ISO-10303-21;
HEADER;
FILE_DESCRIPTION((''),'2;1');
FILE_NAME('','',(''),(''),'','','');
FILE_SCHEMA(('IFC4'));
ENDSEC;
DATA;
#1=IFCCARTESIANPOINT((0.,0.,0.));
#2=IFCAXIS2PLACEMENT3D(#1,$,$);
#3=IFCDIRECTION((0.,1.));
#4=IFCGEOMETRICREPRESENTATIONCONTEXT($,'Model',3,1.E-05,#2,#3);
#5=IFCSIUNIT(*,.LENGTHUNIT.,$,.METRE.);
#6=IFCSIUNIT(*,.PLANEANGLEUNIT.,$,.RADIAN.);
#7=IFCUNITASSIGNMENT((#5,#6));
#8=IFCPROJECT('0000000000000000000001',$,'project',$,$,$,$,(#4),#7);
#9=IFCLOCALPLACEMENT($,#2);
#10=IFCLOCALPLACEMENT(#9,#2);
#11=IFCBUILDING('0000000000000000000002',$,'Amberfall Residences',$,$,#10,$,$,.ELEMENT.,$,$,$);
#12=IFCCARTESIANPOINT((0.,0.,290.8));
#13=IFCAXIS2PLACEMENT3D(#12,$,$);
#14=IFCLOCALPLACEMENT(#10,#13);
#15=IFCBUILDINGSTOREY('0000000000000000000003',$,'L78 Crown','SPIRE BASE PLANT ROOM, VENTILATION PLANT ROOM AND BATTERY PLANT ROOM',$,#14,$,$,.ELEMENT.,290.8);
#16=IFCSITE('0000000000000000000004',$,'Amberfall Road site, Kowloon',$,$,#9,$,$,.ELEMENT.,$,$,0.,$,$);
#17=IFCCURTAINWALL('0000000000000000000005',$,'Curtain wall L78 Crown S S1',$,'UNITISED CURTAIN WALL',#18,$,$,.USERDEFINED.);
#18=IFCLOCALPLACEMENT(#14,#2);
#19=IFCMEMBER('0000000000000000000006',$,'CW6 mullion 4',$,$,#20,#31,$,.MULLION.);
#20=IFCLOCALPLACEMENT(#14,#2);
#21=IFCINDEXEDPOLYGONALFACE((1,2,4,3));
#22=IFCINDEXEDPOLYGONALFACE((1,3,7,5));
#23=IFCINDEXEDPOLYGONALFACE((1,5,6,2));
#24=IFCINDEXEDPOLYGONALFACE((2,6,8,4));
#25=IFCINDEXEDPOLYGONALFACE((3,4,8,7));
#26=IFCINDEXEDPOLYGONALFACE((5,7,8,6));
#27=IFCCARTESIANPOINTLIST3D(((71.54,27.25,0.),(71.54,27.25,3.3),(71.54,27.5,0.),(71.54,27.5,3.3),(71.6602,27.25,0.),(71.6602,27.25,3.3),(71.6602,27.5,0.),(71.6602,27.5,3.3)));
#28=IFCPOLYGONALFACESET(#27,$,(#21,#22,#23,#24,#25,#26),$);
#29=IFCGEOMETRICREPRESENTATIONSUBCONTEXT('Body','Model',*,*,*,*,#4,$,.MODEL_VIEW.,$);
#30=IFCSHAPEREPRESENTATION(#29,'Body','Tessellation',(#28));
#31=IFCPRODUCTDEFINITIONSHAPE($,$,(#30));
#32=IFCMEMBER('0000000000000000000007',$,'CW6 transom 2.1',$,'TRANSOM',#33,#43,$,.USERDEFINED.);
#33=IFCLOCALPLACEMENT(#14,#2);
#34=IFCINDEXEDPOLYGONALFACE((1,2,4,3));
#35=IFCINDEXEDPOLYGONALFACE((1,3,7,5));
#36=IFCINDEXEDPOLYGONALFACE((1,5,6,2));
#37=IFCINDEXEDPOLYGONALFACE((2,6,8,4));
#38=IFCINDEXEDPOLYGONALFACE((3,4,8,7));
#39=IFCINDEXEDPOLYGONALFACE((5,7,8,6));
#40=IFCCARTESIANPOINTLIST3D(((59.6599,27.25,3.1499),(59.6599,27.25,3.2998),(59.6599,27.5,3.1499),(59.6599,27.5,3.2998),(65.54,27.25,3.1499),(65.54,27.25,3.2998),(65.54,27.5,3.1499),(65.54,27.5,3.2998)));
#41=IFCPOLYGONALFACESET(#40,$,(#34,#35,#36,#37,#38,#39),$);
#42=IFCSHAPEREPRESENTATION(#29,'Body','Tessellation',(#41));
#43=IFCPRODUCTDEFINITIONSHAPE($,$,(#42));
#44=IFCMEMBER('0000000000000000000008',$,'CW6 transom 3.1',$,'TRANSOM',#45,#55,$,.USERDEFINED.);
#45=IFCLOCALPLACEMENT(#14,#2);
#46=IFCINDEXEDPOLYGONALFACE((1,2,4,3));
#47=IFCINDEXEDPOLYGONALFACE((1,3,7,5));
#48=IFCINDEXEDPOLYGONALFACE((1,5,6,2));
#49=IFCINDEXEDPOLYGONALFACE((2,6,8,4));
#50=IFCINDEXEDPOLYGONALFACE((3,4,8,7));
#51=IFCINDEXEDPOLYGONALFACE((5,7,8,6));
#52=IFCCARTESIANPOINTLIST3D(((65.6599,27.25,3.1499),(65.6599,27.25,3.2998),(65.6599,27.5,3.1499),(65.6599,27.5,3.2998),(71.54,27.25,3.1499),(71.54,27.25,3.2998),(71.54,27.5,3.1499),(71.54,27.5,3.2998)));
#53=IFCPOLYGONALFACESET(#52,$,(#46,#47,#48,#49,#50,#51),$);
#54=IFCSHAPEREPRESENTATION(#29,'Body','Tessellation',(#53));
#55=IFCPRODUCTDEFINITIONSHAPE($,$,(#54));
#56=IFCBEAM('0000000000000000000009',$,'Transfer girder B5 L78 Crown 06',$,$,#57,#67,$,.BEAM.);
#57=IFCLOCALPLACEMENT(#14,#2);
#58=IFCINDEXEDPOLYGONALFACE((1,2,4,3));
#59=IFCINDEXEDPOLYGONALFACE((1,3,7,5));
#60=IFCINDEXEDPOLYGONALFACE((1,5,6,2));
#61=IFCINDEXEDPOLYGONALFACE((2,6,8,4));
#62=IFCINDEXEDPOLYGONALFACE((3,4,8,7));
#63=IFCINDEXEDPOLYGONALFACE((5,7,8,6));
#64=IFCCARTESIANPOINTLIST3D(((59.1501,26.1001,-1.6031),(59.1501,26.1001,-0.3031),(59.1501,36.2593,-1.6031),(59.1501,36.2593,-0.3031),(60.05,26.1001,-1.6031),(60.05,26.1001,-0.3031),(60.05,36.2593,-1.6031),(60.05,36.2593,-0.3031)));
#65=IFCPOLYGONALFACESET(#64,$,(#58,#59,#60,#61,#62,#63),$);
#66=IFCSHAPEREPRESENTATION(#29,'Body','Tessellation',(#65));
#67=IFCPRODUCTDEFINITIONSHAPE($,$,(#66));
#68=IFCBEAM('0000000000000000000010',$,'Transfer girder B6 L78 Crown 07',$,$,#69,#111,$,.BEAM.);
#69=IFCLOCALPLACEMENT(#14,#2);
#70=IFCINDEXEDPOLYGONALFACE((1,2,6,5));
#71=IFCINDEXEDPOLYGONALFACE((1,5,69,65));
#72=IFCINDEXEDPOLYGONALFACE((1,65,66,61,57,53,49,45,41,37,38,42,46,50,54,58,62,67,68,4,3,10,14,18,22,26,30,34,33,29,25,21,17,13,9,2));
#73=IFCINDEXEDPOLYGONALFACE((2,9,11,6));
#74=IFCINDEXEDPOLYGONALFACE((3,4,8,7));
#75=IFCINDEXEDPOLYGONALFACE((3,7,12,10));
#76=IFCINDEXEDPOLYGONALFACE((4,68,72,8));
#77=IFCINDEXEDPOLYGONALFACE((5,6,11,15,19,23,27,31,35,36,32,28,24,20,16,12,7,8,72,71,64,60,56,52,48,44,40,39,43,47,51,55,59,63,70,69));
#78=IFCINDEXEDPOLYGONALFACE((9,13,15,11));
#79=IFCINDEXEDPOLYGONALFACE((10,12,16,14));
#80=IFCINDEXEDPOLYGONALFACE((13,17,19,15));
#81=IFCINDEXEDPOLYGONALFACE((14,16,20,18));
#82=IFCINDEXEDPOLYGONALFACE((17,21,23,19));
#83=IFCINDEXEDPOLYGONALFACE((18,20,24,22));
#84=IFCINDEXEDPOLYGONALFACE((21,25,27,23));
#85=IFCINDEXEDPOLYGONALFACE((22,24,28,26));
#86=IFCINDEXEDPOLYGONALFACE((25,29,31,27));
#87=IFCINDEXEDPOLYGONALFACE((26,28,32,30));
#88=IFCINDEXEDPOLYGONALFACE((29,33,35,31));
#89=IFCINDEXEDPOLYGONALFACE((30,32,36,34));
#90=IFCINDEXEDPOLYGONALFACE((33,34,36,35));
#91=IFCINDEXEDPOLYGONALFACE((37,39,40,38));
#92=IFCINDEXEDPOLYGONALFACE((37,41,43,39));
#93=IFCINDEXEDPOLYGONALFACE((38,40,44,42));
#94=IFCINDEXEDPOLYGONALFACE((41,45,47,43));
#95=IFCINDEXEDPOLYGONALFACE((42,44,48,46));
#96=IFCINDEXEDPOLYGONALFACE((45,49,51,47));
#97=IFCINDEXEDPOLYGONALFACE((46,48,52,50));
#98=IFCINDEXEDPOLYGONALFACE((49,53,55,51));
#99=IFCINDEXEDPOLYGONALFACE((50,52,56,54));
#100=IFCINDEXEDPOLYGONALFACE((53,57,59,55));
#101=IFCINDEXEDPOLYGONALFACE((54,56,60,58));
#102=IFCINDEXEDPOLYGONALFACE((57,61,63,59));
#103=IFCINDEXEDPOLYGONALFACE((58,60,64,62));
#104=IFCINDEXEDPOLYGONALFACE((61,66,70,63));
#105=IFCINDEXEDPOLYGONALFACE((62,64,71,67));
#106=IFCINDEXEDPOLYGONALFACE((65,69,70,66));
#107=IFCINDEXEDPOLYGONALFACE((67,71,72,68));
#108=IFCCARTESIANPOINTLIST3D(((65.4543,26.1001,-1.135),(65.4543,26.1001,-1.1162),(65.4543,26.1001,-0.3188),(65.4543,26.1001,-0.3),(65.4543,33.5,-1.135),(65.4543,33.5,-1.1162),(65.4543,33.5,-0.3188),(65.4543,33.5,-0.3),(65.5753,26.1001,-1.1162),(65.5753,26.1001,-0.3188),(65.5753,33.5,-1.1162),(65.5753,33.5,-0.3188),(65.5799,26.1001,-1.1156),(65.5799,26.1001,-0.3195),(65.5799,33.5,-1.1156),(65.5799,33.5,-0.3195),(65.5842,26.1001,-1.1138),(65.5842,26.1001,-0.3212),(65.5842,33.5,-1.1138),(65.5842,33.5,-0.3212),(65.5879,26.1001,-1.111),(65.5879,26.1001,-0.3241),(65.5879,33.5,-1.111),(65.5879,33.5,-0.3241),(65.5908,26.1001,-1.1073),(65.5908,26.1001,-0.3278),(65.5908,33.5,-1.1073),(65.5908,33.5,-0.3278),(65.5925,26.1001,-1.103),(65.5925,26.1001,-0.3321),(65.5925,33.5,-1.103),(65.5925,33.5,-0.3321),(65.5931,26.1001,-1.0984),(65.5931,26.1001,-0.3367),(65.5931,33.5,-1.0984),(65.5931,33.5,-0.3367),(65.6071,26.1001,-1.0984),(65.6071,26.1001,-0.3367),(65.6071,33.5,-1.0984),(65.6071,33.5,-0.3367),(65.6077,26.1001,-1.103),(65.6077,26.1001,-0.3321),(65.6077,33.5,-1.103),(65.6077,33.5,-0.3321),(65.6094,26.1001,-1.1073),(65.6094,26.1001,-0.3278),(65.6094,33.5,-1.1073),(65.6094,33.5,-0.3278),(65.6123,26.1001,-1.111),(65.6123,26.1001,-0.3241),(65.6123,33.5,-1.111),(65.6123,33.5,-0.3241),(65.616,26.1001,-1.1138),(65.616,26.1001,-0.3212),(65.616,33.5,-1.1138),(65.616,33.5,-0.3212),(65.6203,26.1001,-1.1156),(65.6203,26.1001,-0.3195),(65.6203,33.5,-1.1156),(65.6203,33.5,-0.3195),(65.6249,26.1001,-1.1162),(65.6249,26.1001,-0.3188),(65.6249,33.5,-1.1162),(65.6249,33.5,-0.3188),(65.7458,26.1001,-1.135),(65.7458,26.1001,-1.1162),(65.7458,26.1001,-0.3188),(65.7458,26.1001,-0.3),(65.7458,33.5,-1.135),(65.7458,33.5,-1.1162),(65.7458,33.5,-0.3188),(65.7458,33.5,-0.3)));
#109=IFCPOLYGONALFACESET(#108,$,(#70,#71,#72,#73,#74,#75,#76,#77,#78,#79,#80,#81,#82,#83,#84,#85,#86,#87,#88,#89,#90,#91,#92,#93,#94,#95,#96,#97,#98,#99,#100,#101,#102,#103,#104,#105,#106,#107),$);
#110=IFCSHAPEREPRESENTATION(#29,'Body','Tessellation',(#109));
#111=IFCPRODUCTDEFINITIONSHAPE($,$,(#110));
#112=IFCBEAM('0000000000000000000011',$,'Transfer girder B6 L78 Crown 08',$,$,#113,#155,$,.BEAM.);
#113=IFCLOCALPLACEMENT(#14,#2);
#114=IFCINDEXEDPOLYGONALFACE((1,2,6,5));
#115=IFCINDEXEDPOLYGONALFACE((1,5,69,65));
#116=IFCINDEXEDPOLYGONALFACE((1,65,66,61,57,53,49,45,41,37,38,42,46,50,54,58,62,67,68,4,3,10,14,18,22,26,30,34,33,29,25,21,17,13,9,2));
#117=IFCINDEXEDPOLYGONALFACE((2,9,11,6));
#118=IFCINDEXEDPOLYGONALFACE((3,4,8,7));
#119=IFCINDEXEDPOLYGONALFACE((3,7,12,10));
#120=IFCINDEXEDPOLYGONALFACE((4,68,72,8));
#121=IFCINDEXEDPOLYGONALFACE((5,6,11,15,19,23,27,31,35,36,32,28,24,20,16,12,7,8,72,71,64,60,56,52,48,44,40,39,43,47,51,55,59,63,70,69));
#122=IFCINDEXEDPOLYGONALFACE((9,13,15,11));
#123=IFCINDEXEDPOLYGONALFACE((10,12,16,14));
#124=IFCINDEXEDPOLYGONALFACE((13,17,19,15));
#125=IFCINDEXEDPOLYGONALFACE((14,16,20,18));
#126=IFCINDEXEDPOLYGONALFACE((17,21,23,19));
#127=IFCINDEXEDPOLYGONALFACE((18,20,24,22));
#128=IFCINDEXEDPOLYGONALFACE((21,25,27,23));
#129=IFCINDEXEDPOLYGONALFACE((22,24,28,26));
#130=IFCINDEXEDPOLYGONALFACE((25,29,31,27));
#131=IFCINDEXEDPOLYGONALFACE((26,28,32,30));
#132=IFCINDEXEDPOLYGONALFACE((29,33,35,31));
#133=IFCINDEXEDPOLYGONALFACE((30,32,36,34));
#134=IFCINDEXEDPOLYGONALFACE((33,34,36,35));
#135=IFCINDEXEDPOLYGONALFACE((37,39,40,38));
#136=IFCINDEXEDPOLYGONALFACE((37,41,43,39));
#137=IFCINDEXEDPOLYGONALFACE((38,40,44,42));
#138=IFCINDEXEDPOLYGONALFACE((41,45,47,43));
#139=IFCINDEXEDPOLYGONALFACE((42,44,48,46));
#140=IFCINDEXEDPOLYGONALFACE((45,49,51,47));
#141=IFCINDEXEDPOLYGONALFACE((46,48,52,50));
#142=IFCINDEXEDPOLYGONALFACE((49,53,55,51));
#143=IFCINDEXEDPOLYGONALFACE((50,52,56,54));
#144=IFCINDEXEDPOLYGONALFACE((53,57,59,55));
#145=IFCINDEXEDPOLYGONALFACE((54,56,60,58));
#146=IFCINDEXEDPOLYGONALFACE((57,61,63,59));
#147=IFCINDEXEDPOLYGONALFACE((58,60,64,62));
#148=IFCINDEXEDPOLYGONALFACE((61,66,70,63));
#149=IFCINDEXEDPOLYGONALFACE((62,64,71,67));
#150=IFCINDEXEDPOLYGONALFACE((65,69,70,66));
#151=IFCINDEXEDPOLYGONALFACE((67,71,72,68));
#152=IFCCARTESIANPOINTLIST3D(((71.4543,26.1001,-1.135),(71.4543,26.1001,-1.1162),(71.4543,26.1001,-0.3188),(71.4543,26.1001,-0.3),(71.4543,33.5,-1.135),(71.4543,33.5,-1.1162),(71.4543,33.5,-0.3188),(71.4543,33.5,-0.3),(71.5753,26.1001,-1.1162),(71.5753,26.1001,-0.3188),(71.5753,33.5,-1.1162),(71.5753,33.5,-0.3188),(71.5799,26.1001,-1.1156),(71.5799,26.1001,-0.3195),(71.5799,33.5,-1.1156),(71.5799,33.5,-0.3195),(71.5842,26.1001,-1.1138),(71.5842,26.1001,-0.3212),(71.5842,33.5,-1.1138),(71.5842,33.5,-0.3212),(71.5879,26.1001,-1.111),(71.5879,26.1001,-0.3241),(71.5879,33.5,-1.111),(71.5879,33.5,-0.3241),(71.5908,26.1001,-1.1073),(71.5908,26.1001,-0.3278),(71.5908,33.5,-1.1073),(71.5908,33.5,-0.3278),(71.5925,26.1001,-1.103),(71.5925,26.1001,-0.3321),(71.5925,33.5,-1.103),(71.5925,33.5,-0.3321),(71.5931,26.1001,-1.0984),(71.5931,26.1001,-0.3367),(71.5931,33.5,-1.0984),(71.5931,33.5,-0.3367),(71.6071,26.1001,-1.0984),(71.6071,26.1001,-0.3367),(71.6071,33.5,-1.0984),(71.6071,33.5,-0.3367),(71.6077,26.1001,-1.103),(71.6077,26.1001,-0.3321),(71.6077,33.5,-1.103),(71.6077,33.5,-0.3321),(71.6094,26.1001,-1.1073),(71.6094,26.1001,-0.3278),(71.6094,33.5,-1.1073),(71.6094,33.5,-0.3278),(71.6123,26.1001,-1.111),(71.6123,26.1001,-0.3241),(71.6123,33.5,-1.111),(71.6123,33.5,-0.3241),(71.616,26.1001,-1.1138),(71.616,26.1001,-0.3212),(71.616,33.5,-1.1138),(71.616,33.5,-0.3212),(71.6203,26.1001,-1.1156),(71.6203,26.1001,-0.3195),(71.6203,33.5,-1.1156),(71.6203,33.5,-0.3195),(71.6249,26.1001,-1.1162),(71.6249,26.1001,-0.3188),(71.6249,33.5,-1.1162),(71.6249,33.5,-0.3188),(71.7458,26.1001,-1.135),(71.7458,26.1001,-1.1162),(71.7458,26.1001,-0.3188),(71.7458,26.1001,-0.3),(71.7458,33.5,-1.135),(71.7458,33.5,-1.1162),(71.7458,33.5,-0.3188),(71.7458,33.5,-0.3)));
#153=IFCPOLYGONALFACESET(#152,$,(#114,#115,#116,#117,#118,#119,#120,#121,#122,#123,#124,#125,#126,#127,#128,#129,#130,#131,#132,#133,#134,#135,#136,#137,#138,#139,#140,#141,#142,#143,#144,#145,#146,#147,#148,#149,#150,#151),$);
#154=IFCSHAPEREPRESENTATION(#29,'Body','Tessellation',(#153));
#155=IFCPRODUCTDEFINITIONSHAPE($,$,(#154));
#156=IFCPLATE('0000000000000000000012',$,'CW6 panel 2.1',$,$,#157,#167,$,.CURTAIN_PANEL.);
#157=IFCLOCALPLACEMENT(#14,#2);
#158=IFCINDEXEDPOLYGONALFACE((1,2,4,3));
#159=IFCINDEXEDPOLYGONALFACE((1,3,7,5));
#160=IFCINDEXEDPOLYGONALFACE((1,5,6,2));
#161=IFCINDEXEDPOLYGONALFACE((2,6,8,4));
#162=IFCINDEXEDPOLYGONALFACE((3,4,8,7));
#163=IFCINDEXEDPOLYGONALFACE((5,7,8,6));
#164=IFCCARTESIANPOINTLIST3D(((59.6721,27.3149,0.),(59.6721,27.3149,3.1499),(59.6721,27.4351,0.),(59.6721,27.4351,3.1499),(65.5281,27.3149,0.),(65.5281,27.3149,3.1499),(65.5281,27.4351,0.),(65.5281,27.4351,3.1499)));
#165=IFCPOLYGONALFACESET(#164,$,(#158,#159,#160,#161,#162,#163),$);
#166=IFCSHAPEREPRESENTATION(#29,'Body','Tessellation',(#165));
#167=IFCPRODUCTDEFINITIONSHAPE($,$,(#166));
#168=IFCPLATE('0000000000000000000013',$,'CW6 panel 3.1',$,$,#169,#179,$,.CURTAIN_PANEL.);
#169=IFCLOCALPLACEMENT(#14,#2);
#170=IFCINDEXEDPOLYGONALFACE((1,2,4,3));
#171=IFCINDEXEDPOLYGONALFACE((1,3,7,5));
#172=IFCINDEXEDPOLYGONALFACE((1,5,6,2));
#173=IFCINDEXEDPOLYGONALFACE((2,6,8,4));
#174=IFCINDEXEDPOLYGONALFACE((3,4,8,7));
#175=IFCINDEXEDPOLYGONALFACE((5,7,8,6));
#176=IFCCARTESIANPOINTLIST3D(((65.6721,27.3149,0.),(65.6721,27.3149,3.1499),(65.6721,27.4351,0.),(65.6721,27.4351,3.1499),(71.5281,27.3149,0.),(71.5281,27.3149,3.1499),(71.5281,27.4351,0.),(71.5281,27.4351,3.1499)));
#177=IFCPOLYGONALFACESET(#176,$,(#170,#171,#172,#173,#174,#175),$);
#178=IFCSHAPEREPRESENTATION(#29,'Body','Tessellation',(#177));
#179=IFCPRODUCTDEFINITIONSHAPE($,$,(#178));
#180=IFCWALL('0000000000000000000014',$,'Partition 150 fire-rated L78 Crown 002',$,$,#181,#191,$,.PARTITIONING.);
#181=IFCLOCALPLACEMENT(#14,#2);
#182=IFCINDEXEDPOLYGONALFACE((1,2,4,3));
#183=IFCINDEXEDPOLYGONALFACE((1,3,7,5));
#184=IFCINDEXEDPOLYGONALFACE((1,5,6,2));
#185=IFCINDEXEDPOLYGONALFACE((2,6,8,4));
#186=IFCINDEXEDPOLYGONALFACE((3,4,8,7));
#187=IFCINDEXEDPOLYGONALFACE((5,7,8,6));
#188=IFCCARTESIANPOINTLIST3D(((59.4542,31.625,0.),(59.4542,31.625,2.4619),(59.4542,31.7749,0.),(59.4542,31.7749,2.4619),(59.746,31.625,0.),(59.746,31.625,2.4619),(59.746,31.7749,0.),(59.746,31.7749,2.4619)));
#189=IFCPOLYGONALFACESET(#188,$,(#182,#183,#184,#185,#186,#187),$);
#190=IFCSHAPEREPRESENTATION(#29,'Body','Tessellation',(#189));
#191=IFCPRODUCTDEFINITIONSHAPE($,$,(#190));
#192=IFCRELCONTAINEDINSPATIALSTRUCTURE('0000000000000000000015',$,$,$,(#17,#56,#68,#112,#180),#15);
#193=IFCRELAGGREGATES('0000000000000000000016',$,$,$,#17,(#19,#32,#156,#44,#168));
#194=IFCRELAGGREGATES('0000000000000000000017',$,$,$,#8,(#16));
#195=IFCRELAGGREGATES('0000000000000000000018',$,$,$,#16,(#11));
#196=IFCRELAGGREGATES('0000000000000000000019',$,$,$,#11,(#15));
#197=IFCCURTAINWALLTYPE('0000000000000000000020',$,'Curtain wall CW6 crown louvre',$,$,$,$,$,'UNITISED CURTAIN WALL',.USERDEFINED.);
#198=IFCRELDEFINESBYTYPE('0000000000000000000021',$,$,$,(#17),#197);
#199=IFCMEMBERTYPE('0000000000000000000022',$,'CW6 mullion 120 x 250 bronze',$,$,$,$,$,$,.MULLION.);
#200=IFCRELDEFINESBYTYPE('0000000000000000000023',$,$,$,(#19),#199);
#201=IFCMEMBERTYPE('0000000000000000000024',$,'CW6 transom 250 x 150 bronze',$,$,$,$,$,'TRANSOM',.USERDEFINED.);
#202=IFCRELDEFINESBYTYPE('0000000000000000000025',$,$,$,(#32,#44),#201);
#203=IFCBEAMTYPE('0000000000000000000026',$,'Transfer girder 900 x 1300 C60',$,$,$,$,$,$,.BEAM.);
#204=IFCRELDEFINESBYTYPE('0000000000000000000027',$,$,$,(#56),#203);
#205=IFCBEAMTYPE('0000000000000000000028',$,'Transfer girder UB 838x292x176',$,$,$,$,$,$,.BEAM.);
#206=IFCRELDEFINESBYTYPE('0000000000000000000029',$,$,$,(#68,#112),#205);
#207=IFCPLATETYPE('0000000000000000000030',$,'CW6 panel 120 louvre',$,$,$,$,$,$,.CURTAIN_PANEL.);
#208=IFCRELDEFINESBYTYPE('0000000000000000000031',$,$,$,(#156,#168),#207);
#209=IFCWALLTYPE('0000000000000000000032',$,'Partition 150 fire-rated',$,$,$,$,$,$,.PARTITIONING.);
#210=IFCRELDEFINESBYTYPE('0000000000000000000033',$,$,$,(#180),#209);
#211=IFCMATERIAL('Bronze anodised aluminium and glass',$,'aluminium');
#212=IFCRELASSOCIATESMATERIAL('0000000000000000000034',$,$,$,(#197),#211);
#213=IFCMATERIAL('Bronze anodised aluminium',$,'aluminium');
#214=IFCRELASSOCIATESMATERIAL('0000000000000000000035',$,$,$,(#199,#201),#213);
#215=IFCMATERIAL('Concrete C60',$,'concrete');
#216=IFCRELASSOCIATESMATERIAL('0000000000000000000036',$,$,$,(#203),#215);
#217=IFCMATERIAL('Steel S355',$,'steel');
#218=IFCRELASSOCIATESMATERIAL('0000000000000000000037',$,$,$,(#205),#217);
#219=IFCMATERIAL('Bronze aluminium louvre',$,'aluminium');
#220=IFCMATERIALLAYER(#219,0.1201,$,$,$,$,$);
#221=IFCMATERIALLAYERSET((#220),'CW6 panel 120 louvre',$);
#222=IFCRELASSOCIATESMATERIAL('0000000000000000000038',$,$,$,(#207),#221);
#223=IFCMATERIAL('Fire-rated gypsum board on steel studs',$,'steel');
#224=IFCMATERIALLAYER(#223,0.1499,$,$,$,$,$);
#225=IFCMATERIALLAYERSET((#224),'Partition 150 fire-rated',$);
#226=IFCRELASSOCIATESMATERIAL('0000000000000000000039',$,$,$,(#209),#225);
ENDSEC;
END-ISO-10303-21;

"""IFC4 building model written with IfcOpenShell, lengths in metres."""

from ifc_helpers import new_model, si_unit, direction, frame, frame_2d, origin, origin_2d, place, context, subcontext, project, spatial, rectangle, i_section, extrude, material, layer, layer_set, material_profile, profile_set, type_object, element, aggregate, save


model = new_model("IFC4")

# Units and contexts
model_context = context("Model", 3, precision=1e-05, world=origin(), true_north=direction((0.0, 1.0)))
body_context = subcontext(model_context, "Body", "Model", "MODEL_VIEW")
ifc_project = project(units=[si_unit("LENGTHUNIT", "METRE"), si_unit("PLANEANGLEUNIT", "RADIAN")], contexts=[model_context])

# Site, building, storey
site_placement = place(None, origin())
site = spatial("IfcSite", under=ifc_project, at=site_placement, Name="Amberfall Road site, Kowloon", CompositionType="ELEMENT", RefElevation=0.0)
building_placement = place(site_placement, origin())
building = spatial("IfcBuilding", under=site, at=building_placement, Name="Amberfall Residences", CompositionType="ELEMENT")
storey_placement = place(building_placement, frame((0.0, 0.0, 290.8)))
storey = spatial("IfcBuildingStorey", under=building, at=storey_placement, Name="L78 Crown", Description="SPIRE BASE PLANT ROOM, VENTILATION PLANT ROOM AND BATTERY PLANT ROOM", CompositionType="ELEMENT", Elevation=290.8)

# Shared definitions
ifc_material_1 = material(Name="Steel S355", Category="steel")

# Curtain wall, members
ifc_material_2 = material(Name="Bronze anodised aluminium and glass", Category="aluminium")
curtain_wall_type = type_object("IfcCurtainWallType", Name="Curtain wall CW6 crown louvre", ElementType="UNITISED CURTAIN WALL", PredefinedType="USERDEFINED", material=ifc_material_2)
curtain_wall_placement = place(storey_placement, origin())
curtain_wall = element("IfcCurtainWall", 1, at=curtain_wall_placement, inside=storey, type_object=curtain_wall_type, Name="Curtain wall L78 Crown S S1", ObjectType="UNITISED CURTAIN WALL", PredefinedType="USERDEFINED")
ifc_material_3 = material(Name="Bronze anodised aluminium", Category="aluminium")
ifc_material_profile_1 = material_profile(ifc_material_3, rectangle(XDim=0.25, YDim=0.1201, at=origin_2d()), Name="CW6 mullion 120 x 250 bronze")
ifc_profile_set_1 = profile_set([ifc_material_profile_1], Name="Bronze anodised aluminium")
member_type_1 = type_object("IfcMemberType", Name="CW6 mullion 120 x 250 bronze", PredefinedType="MULLION", material=ifc_profile_set_1)
member_1_placement = place(storey_placement, frame((71.6001, 27.375, 0.0), z_axis=(0.0, 0.0, 1.0), x_axis=(0.0, 1.0, 0.0)))
member_1 = element("IfcMember", 2, at=member_1_placement, type_object=member_type_1, Name="CW6 mullion 4", PredefinedType="MULLION", context=body_context, shape_type="SweptSolid", body=[
    extrude(rectangle(XDim=0.25, YDim=0.1201, at=origin_2d()), origin(), (0.0, 0.0, 1.0), 3.3),
])
ifc_material_profile_2 = material_profile(ifc_material_3, rectangle(XDim=0.25, YDim=0.1499, at=origin_2d()), Name="CW6 transom 250 x 150 bronze")
ifc_profile_set_2 = profile_set([ifc_material_profile_2], Name="Bronze anodised aluminium")
member_type_2 = type_object("IfcMemberType", Name="CW6 transom 250 x 150 bronze", ElementType="TRANSOM", PredefinedType="USERDEFINED", material=ifc_profile_set_2)
member_2_placement = place(storey_placement, frame((59.6599, 27.375, 3.2249), z_axis=(1.0, 0.0, 0.0), x_axis=(0.0, 1.0, 0.0)))
member_2 = element("IfcMember", 3, at=member_2_placement, type_object=member_type_2, Name="CW6 transom 2.1", ObjectType="TRANSOM", PredefinedType="USERDEFINED", context=body_context, shape_type="SweptSolid", body=[
    extrude(rectangle(XDim=0.25, YDim=0.1499, at=origin_2d()), origin(), (0.0, 0.0, 1.0), 5.8801),
])
member_3_placement = place(storey_placement, frame((65.6599, 27.375, 3.2249), z_axis=(1.0, 0.0, 0.0), x_axis=(0.0, 1.0, 0.0)))
member_3 = element("IfcMember", 4, at=member_3_placement, type_object=member_type_2, Name="CW6 transom 3.1", ObjectType="TRANSOM", PredefinedType="USERDEFINED", context=body_context, shape_type="SweptSolid", body=[
    extrude(rectangle(XDim=0.25, YDim=0.1499, at=origin_2d()), origin(), (0.0, 0.0, 1.0), 5.8801),
])

# Beams
ifc_material_4 = material(Name="Concrete C60", Category="concrete")
ifc_material_profile_3 = material_profile(ifc_material_4, rectangle(XDim=0.8999, YDim=1.3, at=origin_2d()), Name="Transfer girder 900 x 1300 C60")
ifc_profile_set_3 = profile_set([ifc_material_profile_3], Name="Concrete C60")
beam_type_1 = type_object("IfcBeamType", Name="Transfer girder 900 x 1300 C60", PredefinedType="BEAM", material=ifc_profile_set_3)
beam_placement = place(storey_placement, frame((59.6001, 26.1001, -0.9531), z_axis=(0.0, 1.0, 0.0), x_axis=(-1.0, 0.0, 0.0)))
element("IfcBeam", 5, at=beam_placement, inside=storey, type_object=beam_type_1, Name="Transfer girder B5 L78 Crown 06", PredefinedType="BEAM", context=body_context, shape_type="SweptSolid", body=[
    extrude(rectangle(XDim=0.8999, YDim=1.3, at=origin_2d()), origin(), (0.0, 0.0, 1.0), 10.1592),
])
ifc_material_profile_4 = material_profile(ifc_material_1, i_section(OverallWidth=0.2915, OverallDepth=0.835, WebThickness=0.0139, FlangeThickness=0.0188, FilletRadius=0.0178, at=origin_2d()), Name="UB 838x292x176")
ifc_profile_set_4 = profile_set([ifc_material_profile_4], Name="Steel S355")
beam_type_2 = type_object("IfcBeamType", Name="Transfer girder UB 838x292x176", PredefinedType="BEAM", material=ifc_profile_set_4)
for number, where, z_axis, x_axis, name in (
    (6, (65.6001, 26.1001, -0.7175), (0.0, 1.0, 0.0), (-1.0, 0.0, 0.0), "Transfer girder B6 L78 Crown 07"),
    (7, (71.6001, 26.1001, -0.7175), (0.0, 1.0, 0.0), (-1.0, 0.0, 0.0), "Transfer girder B6 L78 Crown 08"),
):
    element("IfcBeam", number, at=place(storey_placement, frame(where, z_axis=z_axis, x_axis=x_axis)), inside=storey, type_object=beam_type_2, Name=name, PredefinedType="BEAM", context=body_context, shape_type="SweptSolid", body=[
        extrude(i_section(OverallWidth=0.2915, OverallDepth=0.835, WebThickness=0.0139, FlangeThickness=0.0188, FilletRadius=0.0178, at=origin_2d()), origin(), (0.0, 0.0, 1.0), 7.3999),
    ])

# Plates
ifc_material_5 = material(Name="Bronze aluminium louvre", Category="aluminium")
ifc_layer_1 = layer(ifc_material_5, 0.1201)
ifc_layer_set_1 = layer_set([ifc_layer_1], Name="CW6 panel 120 louvre")
plate_type = type_object("IfcPlateType", Name="CW6 panel 120 louvre", PredefinedType="CURTAIN_PANEL", material=ifc_layer_set_1)
plate_1_placement = place(storey_placement, frame((62.6001, 27.375, 0.0), z_axis=(0.0, 0.0, 1.0), x_axis=(1.0, 0.0, 0.0)))
plate_1 = element("IfcPlate", 8, at=plate_1_placement, type_object=plate_type, Name="CW6 panel 2.1", PredefinedType="CURTAIN_PANEL", context=body_context, shape_type="SweptSolid", body=[
    extrude(rectangle(XDim=5.856, YDim=0.1201, at=origin_2d()), origin(), (0.0, 0.0, 1.0), 3.1499),
])
plate_2_placement = place(storey_placement, frame((68.6001, 27.375, 0.0), z_axis=(0.0, 0.0, 1.0), x_axis=(1.0, 0.0, 0.0)))
plate_2 = element("IfcPlate", 9, at=plate_2_placement, type_object=plate_type, Name="CW6 panel 3.1", PredefinedType="CURTAIN_PANEL", context=body_context, shape_type="SweptSolid", body=[
    extrude(rectangle(XDim=5.856, YDim=0.1201, at=origin_2d()), origin(), (0.0, 0.0, 1.0), 3.1499),
])
aggregate(curtain_wall, [member_1, member_2, plate_1, member_3, plate_2])

# Wall
ifc_material_6 = material(Name="Fire-rated gypsum board on steel studs", Category="steel")
ifc_layer_2 = layer(ifc_material_6, 0.1499)
ifc_layer_set_2 = layer_set([ifc_layer_2], Name="Partition 150 fire-rated")
wall_type = type_object("IfcWallType", Name="Partition 150 fire-rated", PredefinedType="PARTITIONING", material=ifc_layer_set_2)
wall_1_placement = place(storey_placement, frame((59.4541, 31.7, 0.0), z_axis=(0.0, 0.0, 1.0), x_axis=(1.0, 0.0, 0.0)))
element("IfcWall", 10, at=wall_1_placement, inside=storey, type_object=wall_type, Name="Partition 150 fire-rated L78 Crown 002", PredefinedType="PARTITIONING", context=body_context, shape_type="SweptSolid", body=[
    extrude(rectangle(XDim=0.2917, YDim=0.1499, at=frame_2d((0.146, 0.0))), origin(), (0.0, 0.0, 1.0), 2.4619),
])

save(model, "model.ifc")
